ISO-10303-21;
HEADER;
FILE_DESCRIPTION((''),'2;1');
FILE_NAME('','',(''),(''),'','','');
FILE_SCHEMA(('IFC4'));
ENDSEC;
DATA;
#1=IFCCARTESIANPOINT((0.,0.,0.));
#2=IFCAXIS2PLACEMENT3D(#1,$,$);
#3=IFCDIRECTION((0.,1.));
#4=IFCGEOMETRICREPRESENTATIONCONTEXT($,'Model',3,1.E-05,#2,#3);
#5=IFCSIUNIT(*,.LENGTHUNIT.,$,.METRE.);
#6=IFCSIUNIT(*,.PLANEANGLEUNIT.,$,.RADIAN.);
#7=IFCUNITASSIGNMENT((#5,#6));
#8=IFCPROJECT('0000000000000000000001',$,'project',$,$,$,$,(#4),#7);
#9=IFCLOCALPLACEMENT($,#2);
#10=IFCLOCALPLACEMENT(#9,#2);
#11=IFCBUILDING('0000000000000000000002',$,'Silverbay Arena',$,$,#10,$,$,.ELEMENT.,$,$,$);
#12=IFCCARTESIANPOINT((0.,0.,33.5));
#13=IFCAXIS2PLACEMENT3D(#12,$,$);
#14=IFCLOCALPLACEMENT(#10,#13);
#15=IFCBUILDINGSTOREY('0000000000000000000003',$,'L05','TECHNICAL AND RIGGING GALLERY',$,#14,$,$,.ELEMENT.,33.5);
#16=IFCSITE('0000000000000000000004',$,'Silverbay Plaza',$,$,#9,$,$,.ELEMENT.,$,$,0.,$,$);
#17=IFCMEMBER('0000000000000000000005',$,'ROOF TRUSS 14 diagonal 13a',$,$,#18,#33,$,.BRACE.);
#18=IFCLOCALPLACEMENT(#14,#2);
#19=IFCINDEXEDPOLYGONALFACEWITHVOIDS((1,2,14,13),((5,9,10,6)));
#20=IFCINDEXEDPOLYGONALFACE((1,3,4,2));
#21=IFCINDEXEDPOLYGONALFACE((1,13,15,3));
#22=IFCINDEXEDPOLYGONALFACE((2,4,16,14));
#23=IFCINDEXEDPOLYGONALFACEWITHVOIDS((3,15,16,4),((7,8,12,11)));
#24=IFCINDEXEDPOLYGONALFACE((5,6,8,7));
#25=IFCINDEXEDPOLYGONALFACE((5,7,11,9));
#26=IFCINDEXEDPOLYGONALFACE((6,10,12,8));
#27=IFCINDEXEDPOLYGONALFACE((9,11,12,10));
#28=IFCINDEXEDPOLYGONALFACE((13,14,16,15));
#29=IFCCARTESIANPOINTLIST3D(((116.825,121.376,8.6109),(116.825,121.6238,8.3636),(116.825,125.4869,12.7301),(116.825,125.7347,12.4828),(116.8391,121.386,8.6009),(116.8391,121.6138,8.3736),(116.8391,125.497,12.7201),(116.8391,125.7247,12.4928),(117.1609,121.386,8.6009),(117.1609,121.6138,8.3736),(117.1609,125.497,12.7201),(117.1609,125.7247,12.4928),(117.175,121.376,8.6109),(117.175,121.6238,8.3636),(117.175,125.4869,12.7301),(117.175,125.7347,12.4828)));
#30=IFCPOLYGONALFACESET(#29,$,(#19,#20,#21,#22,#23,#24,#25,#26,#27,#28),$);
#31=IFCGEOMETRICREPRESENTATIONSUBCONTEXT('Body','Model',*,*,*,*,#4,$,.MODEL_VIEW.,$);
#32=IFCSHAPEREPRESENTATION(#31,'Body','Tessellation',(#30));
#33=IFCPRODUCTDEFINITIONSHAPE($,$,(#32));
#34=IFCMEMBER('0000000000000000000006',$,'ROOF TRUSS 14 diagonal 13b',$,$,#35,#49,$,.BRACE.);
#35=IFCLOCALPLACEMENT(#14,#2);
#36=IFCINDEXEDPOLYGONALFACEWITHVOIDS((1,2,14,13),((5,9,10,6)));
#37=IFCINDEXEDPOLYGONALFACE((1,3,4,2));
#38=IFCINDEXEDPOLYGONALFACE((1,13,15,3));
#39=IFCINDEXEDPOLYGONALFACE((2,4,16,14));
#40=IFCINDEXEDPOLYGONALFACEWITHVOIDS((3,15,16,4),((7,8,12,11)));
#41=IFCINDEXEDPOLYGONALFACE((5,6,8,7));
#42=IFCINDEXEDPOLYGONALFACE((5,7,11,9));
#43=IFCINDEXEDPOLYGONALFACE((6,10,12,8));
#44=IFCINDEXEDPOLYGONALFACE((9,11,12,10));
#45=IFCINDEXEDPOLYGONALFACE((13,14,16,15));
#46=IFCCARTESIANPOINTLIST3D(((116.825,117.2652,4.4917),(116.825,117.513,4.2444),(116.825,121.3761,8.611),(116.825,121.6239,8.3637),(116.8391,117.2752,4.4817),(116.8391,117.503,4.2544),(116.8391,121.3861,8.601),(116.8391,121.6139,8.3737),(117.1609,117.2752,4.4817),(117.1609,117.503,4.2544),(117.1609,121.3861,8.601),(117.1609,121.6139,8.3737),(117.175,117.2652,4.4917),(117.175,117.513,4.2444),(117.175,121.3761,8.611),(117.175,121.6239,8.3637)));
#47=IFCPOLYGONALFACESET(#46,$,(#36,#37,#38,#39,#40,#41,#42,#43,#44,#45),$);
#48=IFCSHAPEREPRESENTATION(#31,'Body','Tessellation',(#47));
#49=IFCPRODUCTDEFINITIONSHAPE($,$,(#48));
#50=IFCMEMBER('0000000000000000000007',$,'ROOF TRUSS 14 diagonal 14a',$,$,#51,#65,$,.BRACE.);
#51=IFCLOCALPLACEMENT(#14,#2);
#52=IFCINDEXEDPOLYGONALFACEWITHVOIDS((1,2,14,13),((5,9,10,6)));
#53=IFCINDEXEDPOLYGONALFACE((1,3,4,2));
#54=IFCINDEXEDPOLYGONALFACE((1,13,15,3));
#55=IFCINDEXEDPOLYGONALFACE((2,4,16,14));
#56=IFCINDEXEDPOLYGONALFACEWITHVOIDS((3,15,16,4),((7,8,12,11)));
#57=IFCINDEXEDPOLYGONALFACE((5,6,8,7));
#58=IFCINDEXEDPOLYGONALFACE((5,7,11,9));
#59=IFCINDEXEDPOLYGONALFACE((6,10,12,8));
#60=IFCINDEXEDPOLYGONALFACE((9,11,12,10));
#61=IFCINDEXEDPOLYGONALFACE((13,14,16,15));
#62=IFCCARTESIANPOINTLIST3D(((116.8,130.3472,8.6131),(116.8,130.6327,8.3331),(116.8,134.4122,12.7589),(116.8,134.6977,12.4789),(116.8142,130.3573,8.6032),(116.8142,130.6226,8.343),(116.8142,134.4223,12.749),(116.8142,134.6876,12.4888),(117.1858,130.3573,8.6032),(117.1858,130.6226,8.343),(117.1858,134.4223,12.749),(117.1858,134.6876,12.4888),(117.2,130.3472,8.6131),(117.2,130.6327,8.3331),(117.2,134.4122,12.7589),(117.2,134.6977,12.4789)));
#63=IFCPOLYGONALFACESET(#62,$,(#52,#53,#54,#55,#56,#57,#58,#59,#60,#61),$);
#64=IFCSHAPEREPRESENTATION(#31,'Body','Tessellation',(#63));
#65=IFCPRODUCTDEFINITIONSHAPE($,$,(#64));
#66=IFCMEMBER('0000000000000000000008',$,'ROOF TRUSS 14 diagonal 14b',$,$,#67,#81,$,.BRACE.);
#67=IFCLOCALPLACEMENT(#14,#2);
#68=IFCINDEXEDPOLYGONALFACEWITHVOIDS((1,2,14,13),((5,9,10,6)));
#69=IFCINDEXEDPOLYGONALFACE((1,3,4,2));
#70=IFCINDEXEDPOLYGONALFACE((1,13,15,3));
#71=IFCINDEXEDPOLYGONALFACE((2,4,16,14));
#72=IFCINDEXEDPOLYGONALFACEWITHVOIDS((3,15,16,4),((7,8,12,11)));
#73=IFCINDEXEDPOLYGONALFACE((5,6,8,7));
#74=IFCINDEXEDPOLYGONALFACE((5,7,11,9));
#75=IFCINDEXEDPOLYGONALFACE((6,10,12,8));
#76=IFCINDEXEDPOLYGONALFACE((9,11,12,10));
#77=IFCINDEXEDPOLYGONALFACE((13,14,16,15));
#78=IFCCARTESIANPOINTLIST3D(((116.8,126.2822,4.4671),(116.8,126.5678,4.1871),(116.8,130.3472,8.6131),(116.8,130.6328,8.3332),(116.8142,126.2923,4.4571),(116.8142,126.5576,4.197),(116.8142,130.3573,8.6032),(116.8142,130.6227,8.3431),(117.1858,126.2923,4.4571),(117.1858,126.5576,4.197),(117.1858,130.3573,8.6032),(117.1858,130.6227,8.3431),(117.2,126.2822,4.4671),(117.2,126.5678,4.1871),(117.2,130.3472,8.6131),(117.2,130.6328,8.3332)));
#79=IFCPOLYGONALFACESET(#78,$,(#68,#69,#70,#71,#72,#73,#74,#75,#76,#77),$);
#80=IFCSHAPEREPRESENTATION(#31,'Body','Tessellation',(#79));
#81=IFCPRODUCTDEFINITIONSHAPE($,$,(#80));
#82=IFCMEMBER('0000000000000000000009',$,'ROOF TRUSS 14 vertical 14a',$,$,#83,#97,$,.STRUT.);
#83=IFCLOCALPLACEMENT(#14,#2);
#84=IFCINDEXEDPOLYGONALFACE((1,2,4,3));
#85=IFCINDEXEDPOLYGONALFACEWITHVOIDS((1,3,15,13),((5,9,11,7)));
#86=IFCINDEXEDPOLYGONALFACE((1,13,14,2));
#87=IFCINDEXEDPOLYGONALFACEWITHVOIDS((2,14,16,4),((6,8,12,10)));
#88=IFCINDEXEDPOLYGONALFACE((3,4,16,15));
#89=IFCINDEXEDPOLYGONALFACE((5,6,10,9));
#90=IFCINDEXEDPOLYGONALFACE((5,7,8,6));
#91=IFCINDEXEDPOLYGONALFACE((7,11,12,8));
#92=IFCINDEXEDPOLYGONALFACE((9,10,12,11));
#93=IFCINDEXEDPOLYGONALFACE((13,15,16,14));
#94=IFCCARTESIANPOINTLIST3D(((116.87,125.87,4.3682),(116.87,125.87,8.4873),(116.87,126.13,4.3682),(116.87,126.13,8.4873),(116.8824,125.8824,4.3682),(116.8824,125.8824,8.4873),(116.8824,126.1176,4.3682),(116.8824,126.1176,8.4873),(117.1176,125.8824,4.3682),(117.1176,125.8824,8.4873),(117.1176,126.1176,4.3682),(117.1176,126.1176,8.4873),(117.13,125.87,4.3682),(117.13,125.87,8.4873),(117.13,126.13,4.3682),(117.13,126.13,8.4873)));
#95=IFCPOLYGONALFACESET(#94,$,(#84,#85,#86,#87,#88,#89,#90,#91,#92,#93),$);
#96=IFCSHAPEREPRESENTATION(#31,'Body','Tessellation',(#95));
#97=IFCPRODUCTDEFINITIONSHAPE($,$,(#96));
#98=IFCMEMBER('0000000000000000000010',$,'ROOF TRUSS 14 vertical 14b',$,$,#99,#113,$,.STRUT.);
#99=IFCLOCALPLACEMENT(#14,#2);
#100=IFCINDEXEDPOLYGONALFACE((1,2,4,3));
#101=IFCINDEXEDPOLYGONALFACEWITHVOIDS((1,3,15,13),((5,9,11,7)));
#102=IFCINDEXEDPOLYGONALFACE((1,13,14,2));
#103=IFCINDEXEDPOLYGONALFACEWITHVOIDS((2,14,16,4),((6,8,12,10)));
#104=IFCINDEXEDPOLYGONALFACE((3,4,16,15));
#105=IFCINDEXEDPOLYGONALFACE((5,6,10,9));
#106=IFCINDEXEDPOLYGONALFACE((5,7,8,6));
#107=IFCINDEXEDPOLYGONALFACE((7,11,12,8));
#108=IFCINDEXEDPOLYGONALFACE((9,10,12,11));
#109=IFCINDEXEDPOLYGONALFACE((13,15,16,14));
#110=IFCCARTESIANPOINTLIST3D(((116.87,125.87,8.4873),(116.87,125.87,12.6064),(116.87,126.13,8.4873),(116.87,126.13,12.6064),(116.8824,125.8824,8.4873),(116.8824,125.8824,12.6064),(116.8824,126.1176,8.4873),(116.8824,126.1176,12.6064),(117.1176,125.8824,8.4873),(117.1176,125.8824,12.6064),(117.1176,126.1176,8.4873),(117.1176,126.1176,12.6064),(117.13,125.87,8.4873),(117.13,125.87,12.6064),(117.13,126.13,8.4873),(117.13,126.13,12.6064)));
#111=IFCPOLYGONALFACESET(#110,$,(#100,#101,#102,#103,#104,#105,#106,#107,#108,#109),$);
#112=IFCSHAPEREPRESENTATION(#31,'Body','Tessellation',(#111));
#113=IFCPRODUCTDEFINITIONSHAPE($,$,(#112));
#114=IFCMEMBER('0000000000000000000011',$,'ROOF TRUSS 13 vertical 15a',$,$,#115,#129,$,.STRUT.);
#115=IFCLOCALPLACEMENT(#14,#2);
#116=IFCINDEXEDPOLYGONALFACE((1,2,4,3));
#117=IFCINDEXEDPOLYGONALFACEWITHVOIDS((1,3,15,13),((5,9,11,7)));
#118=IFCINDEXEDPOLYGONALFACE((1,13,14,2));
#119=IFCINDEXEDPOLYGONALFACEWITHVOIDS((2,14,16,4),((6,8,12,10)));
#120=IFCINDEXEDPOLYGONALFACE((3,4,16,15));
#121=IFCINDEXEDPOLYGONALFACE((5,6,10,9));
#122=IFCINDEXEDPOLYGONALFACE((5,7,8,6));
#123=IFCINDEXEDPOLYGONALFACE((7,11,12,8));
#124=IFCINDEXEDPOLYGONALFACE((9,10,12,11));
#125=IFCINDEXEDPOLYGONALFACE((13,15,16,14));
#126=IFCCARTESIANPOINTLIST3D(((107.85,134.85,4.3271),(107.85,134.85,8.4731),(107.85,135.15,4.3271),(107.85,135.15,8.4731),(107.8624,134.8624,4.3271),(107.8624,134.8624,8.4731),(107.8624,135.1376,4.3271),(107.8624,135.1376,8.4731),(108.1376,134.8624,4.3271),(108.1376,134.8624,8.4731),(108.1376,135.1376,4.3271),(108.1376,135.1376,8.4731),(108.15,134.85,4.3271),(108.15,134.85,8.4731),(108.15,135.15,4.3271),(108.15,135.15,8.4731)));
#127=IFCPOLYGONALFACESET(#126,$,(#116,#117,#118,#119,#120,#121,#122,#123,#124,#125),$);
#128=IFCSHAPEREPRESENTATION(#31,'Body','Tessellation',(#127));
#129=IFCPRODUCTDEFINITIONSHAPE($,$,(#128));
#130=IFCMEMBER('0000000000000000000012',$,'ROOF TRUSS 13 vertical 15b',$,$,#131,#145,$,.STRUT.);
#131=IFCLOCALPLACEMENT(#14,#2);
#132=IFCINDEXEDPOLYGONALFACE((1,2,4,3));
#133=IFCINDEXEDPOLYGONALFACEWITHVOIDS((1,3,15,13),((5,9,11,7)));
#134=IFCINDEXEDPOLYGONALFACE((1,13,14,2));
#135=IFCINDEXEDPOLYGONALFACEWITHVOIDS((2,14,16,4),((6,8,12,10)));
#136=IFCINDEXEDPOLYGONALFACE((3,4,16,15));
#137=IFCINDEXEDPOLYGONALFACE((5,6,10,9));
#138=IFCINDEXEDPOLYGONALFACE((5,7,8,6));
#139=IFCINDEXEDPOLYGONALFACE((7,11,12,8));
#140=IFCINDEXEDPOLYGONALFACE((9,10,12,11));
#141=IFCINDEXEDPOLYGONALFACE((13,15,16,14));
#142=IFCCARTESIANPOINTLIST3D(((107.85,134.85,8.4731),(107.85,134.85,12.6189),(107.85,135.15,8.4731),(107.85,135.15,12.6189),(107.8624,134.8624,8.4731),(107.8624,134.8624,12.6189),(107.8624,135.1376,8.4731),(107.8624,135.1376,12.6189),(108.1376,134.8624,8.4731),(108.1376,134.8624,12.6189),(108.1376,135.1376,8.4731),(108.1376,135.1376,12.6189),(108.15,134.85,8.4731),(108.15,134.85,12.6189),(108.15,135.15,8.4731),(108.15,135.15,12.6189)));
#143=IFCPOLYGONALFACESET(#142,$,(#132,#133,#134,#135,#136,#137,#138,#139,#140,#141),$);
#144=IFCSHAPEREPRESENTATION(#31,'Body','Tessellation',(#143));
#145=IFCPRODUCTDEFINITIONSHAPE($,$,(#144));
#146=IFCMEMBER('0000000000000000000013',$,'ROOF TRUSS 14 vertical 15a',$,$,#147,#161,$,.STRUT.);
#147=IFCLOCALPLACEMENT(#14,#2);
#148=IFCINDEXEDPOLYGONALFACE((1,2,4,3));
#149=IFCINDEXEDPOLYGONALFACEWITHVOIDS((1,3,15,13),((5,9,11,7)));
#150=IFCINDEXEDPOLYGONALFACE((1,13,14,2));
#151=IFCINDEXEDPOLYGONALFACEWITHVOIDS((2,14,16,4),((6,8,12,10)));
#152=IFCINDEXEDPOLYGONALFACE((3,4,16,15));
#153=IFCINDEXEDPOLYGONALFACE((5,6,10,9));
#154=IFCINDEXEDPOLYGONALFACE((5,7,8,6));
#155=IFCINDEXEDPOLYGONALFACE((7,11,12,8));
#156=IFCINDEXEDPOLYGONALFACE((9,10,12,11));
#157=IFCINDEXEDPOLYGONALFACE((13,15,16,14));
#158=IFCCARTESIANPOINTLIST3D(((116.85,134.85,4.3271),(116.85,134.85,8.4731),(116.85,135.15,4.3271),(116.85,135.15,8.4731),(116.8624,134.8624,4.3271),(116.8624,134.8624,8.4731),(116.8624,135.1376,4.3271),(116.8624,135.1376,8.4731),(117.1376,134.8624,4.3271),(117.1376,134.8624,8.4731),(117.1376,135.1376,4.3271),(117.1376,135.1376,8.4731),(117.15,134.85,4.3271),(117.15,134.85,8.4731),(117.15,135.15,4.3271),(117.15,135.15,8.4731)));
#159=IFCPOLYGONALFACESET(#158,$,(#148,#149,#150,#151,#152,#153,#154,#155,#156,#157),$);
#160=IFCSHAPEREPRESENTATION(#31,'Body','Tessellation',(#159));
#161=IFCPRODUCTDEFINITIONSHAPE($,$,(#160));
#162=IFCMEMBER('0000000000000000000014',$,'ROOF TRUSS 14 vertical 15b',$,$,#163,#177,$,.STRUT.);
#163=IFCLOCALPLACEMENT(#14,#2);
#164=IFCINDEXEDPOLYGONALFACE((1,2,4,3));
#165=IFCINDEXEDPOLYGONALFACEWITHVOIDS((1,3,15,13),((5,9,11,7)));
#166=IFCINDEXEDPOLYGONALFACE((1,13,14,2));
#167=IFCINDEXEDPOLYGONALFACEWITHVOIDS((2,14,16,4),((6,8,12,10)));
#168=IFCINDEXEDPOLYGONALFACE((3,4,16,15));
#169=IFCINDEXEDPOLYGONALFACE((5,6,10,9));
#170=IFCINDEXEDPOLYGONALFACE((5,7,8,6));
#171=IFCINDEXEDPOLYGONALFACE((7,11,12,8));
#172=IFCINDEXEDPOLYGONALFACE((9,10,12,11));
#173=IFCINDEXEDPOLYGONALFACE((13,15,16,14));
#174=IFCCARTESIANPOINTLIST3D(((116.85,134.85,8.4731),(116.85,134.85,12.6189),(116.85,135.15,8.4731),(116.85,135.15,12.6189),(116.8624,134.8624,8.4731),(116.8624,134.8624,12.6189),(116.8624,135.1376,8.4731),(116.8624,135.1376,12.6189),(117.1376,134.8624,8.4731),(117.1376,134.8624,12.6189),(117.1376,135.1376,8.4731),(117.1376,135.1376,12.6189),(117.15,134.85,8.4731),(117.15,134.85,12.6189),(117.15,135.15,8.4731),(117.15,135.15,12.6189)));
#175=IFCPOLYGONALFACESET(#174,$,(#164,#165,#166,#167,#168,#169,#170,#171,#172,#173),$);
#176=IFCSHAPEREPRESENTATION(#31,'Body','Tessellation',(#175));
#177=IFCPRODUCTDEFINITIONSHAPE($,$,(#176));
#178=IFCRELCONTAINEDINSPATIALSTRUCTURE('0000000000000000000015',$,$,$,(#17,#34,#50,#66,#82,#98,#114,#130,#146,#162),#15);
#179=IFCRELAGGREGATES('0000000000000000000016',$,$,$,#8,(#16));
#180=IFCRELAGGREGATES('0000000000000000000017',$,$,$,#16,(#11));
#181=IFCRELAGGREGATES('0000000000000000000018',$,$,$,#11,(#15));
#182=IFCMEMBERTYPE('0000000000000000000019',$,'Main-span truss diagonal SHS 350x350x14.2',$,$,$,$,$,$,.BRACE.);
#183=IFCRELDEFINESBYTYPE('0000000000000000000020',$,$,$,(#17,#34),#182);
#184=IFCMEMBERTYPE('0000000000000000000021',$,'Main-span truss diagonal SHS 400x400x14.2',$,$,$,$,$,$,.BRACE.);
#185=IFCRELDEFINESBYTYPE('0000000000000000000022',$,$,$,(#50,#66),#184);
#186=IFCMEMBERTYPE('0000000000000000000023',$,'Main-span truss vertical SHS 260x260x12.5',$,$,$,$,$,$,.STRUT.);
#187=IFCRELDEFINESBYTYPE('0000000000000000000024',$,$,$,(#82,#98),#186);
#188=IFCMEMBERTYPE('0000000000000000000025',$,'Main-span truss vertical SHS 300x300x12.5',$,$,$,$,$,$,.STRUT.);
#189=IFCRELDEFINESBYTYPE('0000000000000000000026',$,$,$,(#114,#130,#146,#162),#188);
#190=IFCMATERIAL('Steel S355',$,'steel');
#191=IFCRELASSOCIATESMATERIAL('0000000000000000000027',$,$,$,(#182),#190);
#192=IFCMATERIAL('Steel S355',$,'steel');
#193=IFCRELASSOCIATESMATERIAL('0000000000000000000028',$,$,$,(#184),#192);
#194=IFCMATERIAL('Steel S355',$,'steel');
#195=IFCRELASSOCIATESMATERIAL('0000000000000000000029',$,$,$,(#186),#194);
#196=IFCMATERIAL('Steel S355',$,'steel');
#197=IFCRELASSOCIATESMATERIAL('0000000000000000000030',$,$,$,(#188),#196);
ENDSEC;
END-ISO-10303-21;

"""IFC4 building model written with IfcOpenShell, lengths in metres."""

from ifc_helpers import new_model, si_unit, direction, frame, origin, origin_2d, place, context, subcontext, project, spatial, hollow_rectangle, extrude, material, material_profile, profile_set, type_object, element, save


model = new_model("IFC4")

# Units and contexts
model_context = context("Model", 3, precision=1e-05, world=origin(), true_north=direction((0.0, 1.0)))
body_context = subcontext(model_context, "Body", "Model", "MODEL_VIEW")
ifc_project = project(units=[si_unit("LENGTHUNIT", "METRE"), si_unit("PLANEANGLEUNIT", "RADIAN")], contexts=[model_context])

# Site, building, storey
site_placement = place(None, origin())
site = spatial("IfcSite", under=ifc_project, at=site_placement, Name="Silverbay Plaza", CompositionType="ELEMENT", RefElevation=0.0)
building_placement = place(site_placement, origin())
building = spatial("IfcBuilding", under=site, at=building_placement, Name="Silverbay Arena", CompositionType="ELEMENT")
storey_placement = place(building_placement, frame((0.0, 0.0, 33.5)))
storey = spatial("IfcBuildingStorey", under=building, at=storey_placement, Name="L05", Description="TECHNICAL AND RIGGING GALLERY", CompositionType="ELEMENT", Elevation=33.5)

# Members
ifc_material_1 = material(Name="Steel S355", Category="steel")
ifc_material_profile_1 = material_profile(ifc_material_1, hollow_rectangle(XDim=0.3501, YDim=0.3501, WallThickness=0.0142, at=origin_2d()), Name="SHS 350x350x14.2")
ifc_profile_set_1 = profile_set([ifc_material_profile_1], Name="Steel S355")
member_type_1 = type_object("IfcMemberType", Name="Main-span truss diagonal SHS 350x350x14.2", PredefinedType="BRACE", material=ifc_profile_set_1)
for number, where, z_axis, x_axis, name in (
    (1, (117.0, 125.6108, 12.6064), (0.0, -0.706393, -0.70782), (1.0, 0.0, 0.0), "ROOF TRUSS 14 diagonal 13a"),
    (2, (117.0, 121.5, 8.4873), (0.0, -0.706393, -0.70782), (1.0, 0.0, 0.0), "ROOF TRUSS 14 diagonal 13b"),
):
    element("IfcMember", number, at=place(storey_placement, frame(where, z_axis=z_axis, x_axis=x_axis)), inside=storey, type_object=member_type_1, Name=name, PredefinedType="BRACE", context=body_context, shape_type="SweptSolid", body=[
        extrude(hollow_rectangle(XDim=0.3501, YDim=0.3501, WallThickness=0.0142, at=origin_2d()), origin(), (0.0, 0.0, 1.0), 5.8196),
    ])
ifc_material_2 = material(Name="Steel S355", Category="steel")
ifc_material_profile_2 = material_profile(ifc_material_2, hollow_rectangle(XDim=0.3999, YDim=0.3999, WallThickness=0.0142, at=origin_2d()), Name="SHS 400x400x14.2")
ifc_profile_set_2 = profile_set([ifc_material_profile_2], Name="Steel S355")
member_type_2 = type_object("IfcMemberType", Name="Main-span truss diagonal SHS 400x400x14.2", PredefinedType="BRACE", material=ifc_profile_set_2)
member_1_placement = place(storey_placement, frame((117.0, 134.5549, 12.6189), z_axis=(0.0, -0.700113, -0.714032), x_axis=(1.0, 0.0, 0.0)))
element("IfcMember", 3, at=member_1_placement, inside=storey, type_object=member_type_2, Name="ROOF TRUSS 14 diagonal 14a", PredefinedType="BRACE", context=body_context, shape_type="SweptSolid", body=[
    extrude(hollow_rectangle(XDim=0.3999, YDim=0.3999, WallThickness=0.0142, at=origin_2d()), origin(), (0.0, 0.0, 1.0), 5.8062),
])
member_2_placement = place(storey_placement, frame((117.0, 130.49, 8.4731), z_axis=(0.0, -0.700092, -0.714052), x_axis=(1.0, 0.0, 0.0)))
element("IfcMember", 4, at=member_2_placement, inside=storey, type_object=member_type_2, Name="ROOF TRUSS 14 diagonal 14b", PredefinedType="BRACE", context=body_context, shape_type="SweptSolid", body=[
    extrude(hollow_rectangle(XDim=0.3999, YDim=0.3999, WallThickness=0.0142, at=origin_2d()), origin(), (0.0, 0.0, 1.0), 5.8064),
])
ifc_material_3 = material(Name="Steel S355", Category="steel")
ifc_material_profile_3 = material_profile(ifc_material_3, hollow_rectangle(XDim=0.26, YDim=0.26, WallThickness=0.0125, at=origin_2d()), Name="SHS 260x260x12.5")
ifc_profile_set_3 = profile_set([ifc_material_profile_3], Name="Steel S355")
member_type_3 = type_object("IfcMemberType", Name="Main-span truss vertical SHS 260x260x12.5", PredefinedType="STRUT", material=ifc_profile_set_3)
for number, where, z_axis, x_axis, name in (
    (5, (117.0, 126.0, 4.3682), (0.0, 0.0, 1.0), (1.0, 0.0, 0.0), "ROOF TRUSS 14 vertical 14a"),
    (6, (117.0, 126.0, 8.4873), (0.0, 0.0, 1.0), (1.0, 0.0, 0.0), "ROOF TRUSS 14 vertical 14b"),
):
    element("IfcMember", number, at=place(storey_placement, frame(where, z_axis=z_axis, x_axis=x_axis)), inside=storey, type_object=member_type_3, Name=name, PredefinedType="STRUT", context=body_context, shape_type="SweptSolid", body=[
        extrude(hollow_rectangle(XDim=0.26, YDim=0.26, WallThickness=0.0125, at=origin_2d()), origin(), (0.0, 0.0, 1.0), 4.1191),
    ])
ifc_material_4 = material(Name="Steel S355", Category="steel")
ifc_material_profile_4 = material_profile(ifc_material_4, hollow_rectangle(XDim=0.3, YDim=0.3, WallThickness=0.0125, at=origin_2d()), Name="SHS 300x300x12.5")
ifc_profile_set_4 = profile_set([ifc_material_profile_4], Name="Steel S355")
member_type_4 = type_object("IfcMemberType", Name="Main-span truss vertical SHS 300x300x12.5", PredefinedType="STRUT", material=ifc_profile_set_4)
member_3_placement = place(storey_placement, frame((108.0, 135.0, 4.3271), z_axis=(0.0, 0.0, 1.0), x_axis=(1.0, 0.0, 0.0)))
element("IfcMember", 7, at=member_3_placement, inside=storey, type_object=member_type_4, Name="ROOF TRUSS 13 vertical 15a", PredefinedType="STRUT", context=body_context, shape_type="SweptSolid", body=[
    extrude(hollow_rectangle(XDim=0.3, YDim=0.3, WallThickness=0.0125, at=origin_2d()), origin(), (0.0, 0.0, 1.0), 4.146),
])
member_4_placement = place(storey_placement, frame((108.0, 135.0, 8.4731), z_axis=(0.0, 0.0, 1.0), x_axis=(1.0, 0.0, 0.0)))
element("IfcMember", 8, at=member_4_placement, inside=storey, type_object=member_type_4, Name="ROOF TRUSS 13 vertical 15b", PredefinedType="STRUT", context=body_context, shape_type="SweptSolid", body=[
    extrude(hollow_rectangle(XDim=0.3, YDim=0.3, WallThickness=0.0125, at=origin_2d()), origin(), (0.0, 0.0, 1.0), 4.1458),
])
member_5_placement = place(storey_placement, frame((117.0, 135.0, 4.3271), z_axis=(0.0, 0.0, 1.0), x_axis=(1.0, 0.0, 0.0)))
element("IfcMember", 9, at=member_5_placement, inside=storey, type_object=member_type_4, Name="ROOF TRUSS 14 vertical 15a", PredefinedType="STRUT", context=body_context, shape_type="SweptSolid", body=[
    extrude(hollow_rectangle(XDim=0.3, YDim=0.3, WallThickness=0.0125, at=origin_2d()), origin(), (0.0, 0.0, 1.0), 4.146),
])
member_6_placement = place(storey_placement, frame((117.0, 135.0, 8.4731), z_axis=(0.0, 0.0, 1.0), x_axis=(1.0, 0.0, 0.0)))
element("IfcMember", 10, at=member_6_placement, inside=storey, type_object=member_type_4, Name="ROOF TRUSS 14 vertical 15b", PredefinedType="STRUT", context=body_context, shape_type="SweptSolid", body=[
    extrude(hollow_rectangle(XDim=0.3, YDim=0.3, WallThickness=0.0125, at=origin_2d()), origin(), (0.0, 0.0, 1.0), 4.1458),
])

save(model, "model.ifc")
